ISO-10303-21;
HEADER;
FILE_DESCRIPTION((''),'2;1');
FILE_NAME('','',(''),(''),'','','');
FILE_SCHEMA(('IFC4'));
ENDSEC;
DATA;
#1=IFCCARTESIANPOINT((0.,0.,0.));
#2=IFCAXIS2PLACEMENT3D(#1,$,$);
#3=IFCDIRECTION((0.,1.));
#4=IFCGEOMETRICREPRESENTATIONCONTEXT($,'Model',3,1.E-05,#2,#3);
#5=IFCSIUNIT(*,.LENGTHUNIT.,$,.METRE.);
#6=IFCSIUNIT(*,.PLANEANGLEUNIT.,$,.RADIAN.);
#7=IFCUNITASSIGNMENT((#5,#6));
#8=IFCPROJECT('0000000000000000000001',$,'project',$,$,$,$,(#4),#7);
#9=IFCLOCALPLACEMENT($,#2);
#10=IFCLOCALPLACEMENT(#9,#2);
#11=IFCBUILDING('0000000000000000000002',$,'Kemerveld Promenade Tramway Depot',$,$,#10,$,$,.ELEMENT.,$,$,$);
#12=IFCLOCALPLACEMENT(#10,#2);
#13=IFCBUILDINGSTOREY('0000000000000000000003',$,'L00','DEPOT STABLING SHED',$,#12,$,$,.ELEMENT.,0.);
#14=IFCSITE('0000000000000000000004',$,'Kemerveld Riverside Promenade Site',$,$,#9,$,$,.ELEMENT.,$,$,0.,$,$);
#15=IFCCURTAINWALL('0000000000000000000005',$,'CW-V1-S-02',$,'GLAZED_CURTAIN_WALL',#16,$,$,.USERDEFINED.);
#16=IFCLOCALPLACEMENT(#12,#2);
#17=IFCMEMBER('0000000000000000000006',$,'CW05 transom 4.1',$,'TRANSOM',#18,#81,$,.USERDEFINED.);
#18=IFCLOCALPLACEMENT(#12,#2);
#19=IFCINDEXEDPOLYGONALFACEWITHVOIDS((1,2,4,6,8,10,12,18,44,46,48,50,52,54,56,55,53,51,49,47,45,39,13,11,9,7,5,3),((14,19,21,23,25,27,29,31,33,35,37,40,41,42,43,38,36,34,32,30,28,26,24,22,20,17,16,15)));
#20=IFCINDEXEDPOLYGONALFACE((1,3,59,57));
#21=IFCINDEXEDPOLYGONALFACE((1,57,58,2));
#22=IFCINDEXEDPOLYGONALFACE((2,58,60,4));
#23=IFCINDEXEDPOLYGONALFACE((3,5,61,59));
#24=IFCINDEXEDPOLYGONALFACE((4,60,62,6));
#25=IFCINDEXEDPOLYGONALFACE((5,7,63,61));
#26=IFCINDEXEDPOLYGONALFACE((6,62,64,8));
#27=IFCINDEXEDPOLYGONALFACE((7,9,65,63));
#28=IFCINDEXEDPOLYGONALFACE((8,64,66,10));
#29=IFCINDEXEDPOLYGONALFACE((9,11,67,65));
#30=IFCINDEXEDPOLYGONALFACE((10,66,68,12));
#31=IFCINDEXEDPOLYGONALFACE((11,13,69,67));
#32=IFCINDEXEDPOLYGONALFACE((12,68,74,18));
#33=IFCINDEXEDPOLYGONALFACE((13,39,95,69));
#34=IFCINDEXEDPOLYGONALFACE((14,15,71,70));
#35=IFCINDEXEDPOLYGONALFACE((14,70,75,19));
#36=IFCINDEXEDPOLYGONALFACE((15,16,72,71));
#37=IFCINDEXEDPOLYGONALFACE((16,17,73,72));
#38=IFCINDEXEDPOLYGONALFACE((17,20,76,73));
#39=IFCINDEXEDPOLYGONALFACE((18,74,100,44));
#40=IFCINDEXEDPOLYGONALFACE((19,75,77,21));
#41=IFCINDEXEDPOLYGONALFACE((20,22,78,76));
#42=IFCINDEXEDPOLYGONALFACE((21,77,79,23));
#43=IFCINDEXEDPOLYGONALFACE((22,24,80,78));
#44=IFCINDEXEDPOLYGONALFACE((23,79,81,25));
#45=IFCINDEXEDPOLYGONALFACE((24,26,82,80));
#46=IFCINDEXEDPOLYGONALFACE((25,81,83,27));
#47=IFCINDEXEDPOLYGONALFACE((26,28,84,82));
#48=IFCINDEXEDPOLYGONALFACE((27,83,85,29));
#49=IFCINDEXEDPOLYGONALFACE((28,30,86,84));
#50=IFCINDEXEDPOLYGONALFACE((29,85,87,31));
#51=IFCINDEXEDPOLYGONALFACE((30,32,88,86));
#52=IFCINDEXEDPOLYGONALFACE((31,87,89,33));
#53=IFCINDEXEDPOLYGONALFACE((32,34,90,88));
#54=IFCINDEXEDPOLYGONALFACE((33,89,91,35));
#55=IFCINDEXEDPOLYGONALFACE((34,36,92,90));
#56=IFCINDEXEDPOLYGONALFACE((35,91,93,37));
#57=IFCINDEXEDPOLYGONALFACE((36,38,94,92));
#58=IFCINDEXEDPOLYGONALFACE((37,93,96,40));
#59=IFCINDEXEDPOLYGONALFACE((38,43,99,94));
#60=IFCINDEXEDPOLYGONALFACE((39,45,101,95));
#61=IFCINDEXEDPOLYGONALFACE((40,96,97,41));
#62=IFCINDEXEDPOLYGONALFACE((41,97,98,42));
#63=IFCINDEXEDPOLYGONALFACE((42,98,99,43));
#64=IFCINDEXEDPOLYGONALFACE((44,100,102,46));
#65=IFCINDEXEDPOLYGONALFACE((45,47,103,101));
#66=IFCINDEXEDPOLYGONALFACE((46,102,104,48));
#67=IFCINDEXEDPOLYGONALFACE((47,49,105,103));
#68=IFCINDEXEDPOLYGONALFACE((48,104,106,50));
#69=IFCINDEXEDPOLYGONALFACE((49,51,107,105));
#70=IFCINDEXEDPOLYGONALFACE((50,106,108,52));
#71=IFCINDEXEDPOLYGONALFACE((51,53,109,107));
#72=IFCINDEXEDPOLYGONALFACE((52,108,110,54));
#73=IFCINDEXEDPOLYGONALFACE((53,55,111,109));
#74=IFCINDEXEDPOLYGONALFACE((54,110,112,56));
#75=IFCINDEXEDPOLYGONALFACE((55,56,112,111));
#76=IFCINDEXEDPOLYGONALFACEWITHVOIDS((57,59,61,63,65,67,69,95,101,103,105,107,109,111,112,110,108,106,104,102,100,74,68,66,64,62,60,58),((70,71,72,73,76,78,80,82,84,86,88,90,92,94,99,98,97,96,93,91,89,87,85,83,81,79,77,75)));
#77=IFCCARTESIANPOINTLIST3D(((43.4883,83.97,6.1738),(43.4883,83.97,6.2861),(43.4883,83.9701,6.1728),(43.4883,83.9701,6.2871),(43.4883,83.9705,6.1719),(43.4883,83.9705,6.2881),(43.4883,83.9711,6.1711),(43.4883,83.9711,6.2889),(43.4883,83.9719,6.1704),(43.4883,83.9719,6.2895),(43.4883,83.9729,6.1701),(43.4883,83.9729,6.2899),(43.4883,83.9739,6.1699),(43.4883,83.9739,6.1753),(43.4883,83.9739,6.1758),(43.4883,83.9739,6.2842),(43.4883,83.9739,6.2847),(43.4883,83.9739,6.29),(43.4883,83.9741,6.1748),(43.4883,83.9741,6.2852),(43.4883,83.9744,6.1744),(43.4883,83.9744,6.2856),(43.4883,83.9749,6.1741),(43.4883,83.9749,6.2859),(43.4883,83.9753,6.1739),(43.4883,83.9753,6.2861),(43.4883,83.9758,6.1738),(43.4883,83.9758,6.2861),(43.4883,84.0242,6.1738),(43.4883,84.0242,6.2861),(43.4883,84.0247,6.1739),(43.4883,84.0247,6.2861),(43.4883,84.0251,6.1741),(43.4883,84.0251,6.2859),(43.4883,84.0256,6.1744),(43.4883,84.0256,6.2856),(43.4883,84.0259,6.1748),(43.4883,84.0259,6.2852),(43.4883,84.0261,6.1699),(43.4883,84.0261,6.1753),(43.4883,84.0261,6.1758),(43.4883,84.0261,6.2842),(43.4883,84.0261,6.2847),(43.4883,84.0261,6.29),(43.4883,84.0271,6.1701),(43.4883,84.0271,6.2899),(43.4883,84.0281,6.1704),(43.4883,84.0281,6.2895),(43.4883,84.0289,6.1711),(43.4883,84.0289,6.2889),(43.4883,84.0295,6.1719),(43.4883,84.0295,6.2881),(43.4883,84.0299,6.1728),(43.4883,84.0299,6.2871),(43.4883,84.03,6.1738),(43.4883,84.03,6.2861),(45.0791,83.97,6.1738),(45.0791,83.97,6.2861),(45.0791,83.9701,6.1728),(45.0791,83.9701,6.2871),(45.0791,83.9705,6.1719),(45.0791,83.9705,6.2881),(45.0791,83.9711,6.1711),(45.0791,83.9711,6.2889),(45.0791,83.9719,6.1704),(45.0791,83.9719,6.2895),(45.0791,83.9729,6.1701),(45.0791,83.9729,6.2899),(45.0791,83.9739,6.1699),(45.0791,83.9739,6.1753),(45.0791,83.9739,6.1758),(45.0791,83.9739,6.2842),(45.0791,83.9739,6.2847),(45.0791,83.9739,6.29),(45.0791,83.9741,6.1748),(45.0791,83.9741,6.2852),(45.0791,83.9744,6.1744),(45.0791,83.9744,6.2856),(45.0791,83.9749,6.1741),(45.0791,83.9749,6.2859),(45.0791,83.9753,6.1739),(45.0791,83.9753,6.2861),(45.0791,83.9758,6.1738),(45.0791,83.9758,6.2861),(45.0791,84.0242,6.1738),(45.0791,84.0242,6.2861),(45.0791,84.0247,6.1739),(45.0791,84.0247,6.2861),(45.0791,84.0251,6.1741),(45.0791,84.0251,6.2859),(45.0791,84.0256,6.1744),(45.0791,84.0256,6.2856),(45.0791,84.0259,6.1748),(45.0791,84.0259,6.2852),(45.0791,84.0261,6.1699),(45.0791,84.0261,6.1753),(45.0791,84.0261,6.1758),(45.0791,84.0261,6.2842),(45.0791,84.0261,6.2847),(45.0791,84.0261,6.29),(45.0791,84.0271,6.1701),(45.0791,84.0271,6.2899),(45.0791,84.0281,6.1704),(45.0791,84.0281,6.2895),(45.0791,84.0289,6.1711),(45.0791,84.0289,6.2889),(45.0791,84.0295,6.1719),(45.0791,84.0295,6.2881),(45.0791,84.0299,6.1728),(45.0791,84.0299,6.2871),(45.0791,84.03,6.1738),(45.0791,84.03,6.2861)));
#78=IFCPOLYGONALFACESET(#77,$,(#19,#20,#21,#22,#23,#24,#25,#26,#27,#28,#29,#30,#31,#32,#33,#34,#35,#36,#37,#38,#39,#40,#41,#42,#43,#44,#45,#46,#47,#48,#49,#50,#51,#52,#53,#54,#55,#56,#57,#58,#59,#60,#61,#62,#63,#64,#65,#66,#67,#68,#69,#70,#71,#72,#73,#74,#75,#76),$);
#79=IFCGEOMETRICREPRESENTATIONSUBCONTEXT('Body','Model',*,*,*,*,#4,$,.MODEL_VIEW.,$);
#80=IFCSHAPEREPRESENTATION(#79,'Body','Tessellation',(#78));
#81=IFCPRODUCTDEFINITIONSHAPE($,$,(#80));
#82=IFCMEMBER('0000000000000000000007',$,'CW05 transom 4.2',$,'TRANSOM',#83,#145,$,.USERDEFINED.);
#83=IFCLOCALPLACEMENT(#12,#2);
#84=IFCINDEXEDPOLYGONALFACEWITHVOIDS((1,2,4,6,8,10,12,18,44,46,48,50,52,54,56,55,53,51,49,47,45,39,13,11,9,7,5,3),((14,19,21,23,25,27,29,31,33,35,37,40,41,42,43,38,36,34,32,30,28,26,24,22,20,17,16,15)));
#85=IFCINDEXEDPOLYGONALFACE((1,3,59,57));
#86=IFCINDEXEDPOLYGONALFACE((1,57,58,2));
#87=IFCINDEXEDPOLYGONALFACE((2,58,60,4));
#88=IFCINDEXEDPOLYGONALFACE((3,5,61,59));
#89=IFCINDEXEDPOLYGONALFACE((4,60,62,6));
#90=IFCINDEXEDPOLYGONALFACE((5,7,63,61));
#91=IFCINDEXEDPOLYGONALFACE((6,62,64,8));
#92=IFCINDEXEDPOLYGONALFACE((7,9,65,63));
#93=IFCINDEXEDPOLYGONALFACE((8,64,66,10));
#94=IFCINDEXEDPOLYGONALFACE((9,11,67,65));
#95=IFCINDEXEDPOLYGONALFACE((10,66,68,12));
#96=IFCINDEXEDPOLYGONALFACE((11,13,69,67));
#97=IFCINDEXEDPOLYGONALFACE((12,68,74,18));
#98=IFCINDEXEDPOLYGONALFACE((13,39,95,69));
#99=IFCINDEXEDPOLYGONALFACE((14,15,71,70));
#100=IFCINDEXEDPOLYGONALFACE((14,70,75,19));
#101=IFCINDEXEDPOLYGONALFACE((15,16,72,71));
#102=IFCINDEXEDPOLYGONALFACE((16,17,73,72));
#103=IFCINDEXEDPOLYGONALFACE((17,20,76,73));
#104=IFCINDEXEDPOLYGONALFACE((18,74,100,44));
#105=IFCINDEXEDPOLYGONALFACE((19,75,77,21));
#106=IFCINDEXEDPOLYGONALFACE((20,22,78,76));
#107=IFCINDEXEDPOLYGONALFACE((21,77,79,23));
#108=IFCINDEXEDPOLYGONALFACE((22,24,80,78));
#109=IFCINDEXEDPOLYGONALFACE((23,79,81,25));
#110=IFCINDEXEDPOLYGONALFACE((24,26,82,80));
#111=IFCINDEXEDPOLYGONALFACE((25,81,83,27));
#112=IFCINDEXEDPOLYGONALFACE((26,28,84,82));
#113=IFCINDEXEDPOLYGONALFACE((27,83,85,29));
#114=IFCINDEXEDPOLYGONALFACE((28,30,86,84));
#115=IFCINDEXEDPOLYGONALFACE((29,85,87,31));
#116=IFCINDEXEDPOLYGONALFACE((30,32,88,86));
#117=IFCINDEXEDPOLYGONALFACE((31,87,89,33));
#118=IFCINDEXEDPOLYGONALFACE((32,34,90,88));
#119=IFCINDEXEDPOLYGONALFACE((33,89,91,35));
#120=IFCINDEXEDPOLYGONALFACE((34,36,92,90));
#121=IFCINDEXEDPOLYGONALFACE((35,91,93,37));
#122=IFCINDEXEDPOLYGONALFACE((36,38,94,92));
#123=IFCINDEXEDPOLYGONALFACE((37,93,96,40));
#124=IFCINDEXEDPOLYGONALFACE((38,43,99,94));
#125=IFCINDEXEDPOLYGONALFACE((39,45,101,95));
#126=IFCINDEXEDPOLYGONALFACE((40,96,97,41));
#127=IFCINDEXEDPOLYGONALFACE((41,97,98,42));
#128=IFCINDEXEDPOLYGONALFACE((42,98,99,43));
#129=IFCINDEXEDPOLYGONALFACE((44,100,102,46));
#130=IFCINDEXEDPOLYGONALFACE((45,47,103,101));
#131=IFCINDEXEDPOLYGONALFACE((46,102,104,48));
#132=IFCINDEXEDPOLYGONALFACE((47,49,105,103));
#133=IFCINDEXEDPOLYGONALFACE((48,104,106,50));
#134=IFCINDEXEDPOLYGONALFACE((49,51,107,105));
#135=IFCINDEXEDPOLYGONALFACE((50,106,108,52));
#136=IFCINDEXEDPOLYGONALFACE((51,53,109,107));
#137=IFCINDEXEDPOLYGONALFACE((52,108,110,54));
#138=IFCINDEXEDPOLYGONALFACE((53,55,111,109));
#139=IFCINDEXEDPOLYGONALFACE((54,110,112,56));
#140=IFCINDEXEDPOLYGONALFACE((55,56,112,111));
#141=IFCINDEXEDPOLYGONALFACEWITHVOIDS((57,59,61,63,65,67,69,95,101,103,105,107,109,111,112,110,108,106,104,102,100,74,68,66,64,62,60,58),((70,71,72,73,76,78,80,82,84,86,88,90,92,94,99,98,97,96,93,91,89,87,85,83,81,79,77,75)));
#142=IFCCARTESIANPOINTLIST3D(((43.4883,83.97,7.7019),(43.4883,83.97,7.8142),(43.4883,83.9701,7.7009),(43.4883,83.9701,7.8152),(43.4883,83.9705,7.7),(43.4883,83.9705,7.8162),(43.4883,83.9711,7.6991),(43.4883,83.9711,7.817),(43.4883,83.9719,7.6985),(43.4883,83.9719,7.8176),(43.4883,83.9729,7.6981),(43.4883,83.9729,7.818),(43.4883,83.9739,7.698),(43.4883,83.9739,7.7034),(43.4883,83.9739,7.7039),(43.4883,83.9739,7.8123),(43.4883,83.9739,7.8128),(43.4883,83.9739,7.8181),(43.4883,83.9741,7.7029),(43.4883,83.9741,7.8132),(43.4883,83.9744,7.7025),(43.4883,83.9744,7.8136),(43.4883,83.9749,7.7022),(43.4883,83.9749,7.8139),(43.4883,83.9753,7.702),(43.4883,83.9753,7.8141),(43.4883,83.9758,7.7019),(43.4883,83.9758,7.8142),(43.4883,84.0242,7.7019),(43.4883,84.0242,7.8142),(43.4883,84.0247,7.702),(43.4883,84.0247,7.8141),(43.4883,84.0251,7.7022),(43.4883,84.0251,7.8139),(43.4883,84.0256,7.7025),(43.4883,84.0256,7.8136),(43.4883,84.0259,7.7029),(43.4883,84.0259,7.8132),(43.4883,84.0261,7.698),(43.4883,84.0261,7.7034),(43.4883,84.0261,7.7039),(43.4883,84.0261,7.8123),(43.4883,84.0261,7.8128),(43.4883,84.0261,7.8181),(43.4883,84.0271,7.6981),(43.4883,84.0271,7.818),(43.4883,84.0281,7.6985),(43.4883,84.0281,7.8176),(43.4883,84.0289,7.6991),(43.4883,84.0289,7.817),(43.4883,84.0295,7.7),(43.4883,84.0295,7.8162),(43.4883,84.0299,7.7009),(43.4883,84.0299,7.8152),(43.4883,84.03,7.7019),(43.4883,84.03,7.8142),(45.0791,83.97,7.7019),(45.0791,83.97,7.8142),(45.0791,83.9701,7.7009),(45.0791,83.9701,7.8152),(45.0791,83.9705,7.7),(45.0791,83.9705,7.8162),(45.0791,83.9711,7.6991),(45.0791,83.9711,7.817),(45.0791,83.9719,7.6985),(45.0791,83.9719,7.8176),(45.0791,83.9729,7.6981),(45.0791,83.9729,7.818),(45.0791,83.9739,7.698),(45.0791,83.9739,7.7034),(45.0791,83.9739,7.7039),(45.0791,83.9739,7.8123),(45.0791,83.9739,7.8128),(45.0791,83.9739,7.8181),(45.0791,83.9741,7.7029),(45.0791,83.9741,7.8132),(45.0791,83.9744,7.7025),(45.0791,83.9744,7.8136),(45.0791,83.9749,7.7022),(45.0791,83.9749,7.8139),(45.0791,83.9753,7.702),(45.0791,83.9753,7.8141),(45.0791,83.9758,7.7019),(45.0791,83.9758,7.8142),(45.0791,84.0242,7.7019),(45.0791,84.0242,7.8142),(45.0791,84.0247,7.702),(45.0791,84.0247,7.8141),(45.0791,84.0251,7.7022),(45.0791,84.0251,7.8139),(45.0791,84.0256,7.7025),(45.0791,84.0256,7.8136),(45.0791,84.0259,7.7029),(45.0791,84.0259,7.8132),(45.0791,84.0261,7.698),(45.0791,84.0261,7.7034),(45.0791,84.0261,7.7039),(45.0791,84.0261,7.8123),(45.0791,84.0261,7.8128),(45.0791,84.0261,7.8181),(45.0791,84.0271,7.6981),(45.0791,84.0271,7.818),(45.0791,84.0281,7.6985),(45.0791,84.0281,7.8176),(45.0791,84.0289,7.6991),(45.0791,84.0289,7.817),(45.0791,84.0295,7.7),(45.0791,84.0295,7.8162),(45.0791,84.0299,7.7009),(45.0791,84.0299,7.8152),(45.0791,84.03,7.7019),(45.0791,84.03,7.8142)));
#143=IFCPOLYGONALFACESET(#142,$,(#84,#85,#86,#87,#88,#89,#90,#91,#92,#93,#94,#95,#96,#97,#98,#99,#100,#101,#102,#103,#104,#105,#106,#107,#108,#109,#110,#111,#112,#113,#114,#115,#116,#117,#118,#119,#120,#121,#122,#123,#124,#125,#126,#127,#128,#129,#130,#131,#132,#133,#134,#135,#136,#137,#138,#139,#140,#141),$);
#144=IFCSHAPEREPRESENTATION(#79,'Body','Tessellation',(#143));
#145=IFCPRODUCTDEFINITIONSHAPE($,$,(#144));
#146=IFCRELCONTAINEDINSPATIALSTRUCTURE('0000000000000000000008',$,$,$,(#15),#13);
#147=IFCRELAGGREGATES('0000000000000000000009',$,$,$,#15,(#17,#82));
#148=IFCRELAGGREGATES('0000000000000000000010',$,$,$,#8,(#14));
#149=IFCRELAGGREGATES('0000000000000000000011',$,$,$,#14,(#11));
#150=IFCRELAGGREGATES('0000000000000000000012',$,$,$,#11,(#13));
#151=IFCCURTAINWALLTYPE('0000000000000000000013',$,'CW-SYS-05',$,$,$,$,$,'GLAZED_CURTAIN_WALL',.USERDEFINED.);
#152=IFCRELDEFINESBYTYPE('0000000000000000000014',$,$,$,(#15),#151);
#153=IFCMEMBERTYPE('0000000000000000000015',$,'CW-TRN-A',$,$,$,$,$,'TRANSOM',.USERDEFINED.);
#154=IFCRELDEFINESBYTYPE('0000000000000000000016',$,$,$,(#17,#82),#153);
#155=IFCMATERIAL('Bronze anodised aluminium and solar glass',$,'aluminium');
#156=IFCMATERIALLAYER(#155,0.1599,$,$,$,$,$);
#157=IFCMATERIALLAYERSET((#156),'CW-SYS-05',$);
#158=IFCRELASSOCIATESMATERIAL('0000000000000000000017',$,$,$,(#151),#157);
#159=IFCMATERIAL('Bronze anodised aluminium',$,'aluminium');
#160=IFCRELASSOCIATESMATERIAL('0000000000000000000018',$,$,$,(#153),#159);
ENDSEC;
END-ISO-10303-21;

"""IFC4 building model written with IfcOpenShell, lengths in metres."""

from ifc_helpers import new_model, si_unit, direction, frame, origin, origin_2d, place, context, subcontext, project, spatial, hollow_rectangle, extrude, material, layer, layer_set, material_profile, profile_set, type_object, element, aggregate, save


model = new_model("IFC4")

# Units and contexts
model_context = context("Model", 3, precision=1e-05, world=origin(), true_north=direction((0.0, 1.0)))
body_context = subcontext(model_context, "Body", "Model", "MODEL_VIEW")
ifc_project = project(units=[si_unit("LENGTHUNIT", "METRE"), si_unit("PLANEANGLEUNIT", "RADIAN")], contexts=[model_context])

# Site, building, storey
site_placement = place(None, origin())
site = spatial("IfcSite", under=ifc_project, at=site_placement, Name="Kemerveld Riverside Promenade Site", CompositionType="ELEMENT", RefElevation=0.0)
building_placement = place(site_placement, origin())
building = spatial("IfcBuilding", under=site, at=building_placement, Name="Kemerveld Promenade Tramway Depot", CompositionType="ELEMENT")
storey_placement = place(building_placement, origin())
storey = spatial("IfcBuildingStorey", under=building, at=storey_placement, Name="L00", Description="DEPOT STABLING SHED", CompositionType="ELEMENT", Elevation=0.0)

# Curtain wall
ifc_material_1 = material(Name="Bronze anodised aluminium and solar glass", Category="aluminium")
ifc_layer_1 = layer(ifc_material_1, 0.1599)
ifc_layer_set_1 = layer_set([ifc_layer_1], Name="CW-SYS-05")
curtain_wall_type_1 = type_object("IfcCurtainWallType", Name="CW-SYS-05", ElementType="GLAZED_CURTAIN_WALL", PredefinedType="USERDEFINED", material=ifc_layer_set_1)
curtain_wall_1_placement = place(storey_placement, origin())
curtain_wall_1 = element("IfcCurtainWall", 1, at=curtain_wall_1_placement, inside=storey, type_object=curtain_wall_type_1, Name="CW-V1-S-02", ObjectType="GLAZED_CURTAIN_WALL", PredefinedType="USERDEFINED")
ifc_material_2 = material(Name="Bronze anodised aluminium", Category="aluminium")

# Members
ifc_material_profile_1 = material_profile(ifc_material_2, hollow_rectangle(XDim=0.0601, YDim=0.1201, WallThickness=0.0039, InnerFilletRadius=0.002, OuterFilletRadius=0.0039, at=origin_2d()), Name="CW-TRN-120x60")
ifc_profile_set_1 = profile_set([ifc_material_profile_1], Name="Bronze anodised aluminium")
member_type_1 = type_object("IfcMemberType", Name="CW-TRN-A", ElementType="TRANSOM", PredefinedType="USERDEFINED", material=ifc_profile_set_1)
member_1_placement = place(storey_placement, frame((45.0791, 84.0, 6.23), z_axis=(-1.0, 0.0, 0.0), x_axis=(0.0, -1.0, 0.0)))
member_1 = element("IfcMember", 2, at=member_1_placement, type_object=member_type_1, Name="CW05 transom 4.1", ObjectType="TRANSOM", PredefinedType="USERDEFINED", context=body_context, shape_type="SweptSolid", body=[
    extrude(hollow_rectangle(XDim=0.0601, YDim=0.1201, WallThickness=0.0039, InnerFilletRadius=0.002, OuterFilletRadius=0.0039, at=origin_2d()), origin(), (0.0, 0.0, 1.0), 1.5908),
])
member_2_placement = place(storey_placement, frame((45.0791, 84.0, 7.7581), z_axis=(-1.0, 0.0, 0.0), x_axis=(0.0, -1.0, 0.0)))
member_2 = element("IfcMember", 3, at=member_2_placement, type_object=member_type_1, Name="CW05 transom 4.2", ObjectType="TRANSOM", PredefinedType="USERDEFINED", context=body_context, shape_type="SweptSolid", body=[
    extrude(hollow_rectangle(XDim=0.0601, YDim=0.1201, WallThickness=0.0039, InnerFilletRadius=0.002, OuterFilletRadius=0.0039, at=origin_2d()), origin(), (0.0, 0.0, 1.0), 1.5908),
])

aggregate(curtain_wall_1, [member_1, member_2])

save(model, "model.ifc")
